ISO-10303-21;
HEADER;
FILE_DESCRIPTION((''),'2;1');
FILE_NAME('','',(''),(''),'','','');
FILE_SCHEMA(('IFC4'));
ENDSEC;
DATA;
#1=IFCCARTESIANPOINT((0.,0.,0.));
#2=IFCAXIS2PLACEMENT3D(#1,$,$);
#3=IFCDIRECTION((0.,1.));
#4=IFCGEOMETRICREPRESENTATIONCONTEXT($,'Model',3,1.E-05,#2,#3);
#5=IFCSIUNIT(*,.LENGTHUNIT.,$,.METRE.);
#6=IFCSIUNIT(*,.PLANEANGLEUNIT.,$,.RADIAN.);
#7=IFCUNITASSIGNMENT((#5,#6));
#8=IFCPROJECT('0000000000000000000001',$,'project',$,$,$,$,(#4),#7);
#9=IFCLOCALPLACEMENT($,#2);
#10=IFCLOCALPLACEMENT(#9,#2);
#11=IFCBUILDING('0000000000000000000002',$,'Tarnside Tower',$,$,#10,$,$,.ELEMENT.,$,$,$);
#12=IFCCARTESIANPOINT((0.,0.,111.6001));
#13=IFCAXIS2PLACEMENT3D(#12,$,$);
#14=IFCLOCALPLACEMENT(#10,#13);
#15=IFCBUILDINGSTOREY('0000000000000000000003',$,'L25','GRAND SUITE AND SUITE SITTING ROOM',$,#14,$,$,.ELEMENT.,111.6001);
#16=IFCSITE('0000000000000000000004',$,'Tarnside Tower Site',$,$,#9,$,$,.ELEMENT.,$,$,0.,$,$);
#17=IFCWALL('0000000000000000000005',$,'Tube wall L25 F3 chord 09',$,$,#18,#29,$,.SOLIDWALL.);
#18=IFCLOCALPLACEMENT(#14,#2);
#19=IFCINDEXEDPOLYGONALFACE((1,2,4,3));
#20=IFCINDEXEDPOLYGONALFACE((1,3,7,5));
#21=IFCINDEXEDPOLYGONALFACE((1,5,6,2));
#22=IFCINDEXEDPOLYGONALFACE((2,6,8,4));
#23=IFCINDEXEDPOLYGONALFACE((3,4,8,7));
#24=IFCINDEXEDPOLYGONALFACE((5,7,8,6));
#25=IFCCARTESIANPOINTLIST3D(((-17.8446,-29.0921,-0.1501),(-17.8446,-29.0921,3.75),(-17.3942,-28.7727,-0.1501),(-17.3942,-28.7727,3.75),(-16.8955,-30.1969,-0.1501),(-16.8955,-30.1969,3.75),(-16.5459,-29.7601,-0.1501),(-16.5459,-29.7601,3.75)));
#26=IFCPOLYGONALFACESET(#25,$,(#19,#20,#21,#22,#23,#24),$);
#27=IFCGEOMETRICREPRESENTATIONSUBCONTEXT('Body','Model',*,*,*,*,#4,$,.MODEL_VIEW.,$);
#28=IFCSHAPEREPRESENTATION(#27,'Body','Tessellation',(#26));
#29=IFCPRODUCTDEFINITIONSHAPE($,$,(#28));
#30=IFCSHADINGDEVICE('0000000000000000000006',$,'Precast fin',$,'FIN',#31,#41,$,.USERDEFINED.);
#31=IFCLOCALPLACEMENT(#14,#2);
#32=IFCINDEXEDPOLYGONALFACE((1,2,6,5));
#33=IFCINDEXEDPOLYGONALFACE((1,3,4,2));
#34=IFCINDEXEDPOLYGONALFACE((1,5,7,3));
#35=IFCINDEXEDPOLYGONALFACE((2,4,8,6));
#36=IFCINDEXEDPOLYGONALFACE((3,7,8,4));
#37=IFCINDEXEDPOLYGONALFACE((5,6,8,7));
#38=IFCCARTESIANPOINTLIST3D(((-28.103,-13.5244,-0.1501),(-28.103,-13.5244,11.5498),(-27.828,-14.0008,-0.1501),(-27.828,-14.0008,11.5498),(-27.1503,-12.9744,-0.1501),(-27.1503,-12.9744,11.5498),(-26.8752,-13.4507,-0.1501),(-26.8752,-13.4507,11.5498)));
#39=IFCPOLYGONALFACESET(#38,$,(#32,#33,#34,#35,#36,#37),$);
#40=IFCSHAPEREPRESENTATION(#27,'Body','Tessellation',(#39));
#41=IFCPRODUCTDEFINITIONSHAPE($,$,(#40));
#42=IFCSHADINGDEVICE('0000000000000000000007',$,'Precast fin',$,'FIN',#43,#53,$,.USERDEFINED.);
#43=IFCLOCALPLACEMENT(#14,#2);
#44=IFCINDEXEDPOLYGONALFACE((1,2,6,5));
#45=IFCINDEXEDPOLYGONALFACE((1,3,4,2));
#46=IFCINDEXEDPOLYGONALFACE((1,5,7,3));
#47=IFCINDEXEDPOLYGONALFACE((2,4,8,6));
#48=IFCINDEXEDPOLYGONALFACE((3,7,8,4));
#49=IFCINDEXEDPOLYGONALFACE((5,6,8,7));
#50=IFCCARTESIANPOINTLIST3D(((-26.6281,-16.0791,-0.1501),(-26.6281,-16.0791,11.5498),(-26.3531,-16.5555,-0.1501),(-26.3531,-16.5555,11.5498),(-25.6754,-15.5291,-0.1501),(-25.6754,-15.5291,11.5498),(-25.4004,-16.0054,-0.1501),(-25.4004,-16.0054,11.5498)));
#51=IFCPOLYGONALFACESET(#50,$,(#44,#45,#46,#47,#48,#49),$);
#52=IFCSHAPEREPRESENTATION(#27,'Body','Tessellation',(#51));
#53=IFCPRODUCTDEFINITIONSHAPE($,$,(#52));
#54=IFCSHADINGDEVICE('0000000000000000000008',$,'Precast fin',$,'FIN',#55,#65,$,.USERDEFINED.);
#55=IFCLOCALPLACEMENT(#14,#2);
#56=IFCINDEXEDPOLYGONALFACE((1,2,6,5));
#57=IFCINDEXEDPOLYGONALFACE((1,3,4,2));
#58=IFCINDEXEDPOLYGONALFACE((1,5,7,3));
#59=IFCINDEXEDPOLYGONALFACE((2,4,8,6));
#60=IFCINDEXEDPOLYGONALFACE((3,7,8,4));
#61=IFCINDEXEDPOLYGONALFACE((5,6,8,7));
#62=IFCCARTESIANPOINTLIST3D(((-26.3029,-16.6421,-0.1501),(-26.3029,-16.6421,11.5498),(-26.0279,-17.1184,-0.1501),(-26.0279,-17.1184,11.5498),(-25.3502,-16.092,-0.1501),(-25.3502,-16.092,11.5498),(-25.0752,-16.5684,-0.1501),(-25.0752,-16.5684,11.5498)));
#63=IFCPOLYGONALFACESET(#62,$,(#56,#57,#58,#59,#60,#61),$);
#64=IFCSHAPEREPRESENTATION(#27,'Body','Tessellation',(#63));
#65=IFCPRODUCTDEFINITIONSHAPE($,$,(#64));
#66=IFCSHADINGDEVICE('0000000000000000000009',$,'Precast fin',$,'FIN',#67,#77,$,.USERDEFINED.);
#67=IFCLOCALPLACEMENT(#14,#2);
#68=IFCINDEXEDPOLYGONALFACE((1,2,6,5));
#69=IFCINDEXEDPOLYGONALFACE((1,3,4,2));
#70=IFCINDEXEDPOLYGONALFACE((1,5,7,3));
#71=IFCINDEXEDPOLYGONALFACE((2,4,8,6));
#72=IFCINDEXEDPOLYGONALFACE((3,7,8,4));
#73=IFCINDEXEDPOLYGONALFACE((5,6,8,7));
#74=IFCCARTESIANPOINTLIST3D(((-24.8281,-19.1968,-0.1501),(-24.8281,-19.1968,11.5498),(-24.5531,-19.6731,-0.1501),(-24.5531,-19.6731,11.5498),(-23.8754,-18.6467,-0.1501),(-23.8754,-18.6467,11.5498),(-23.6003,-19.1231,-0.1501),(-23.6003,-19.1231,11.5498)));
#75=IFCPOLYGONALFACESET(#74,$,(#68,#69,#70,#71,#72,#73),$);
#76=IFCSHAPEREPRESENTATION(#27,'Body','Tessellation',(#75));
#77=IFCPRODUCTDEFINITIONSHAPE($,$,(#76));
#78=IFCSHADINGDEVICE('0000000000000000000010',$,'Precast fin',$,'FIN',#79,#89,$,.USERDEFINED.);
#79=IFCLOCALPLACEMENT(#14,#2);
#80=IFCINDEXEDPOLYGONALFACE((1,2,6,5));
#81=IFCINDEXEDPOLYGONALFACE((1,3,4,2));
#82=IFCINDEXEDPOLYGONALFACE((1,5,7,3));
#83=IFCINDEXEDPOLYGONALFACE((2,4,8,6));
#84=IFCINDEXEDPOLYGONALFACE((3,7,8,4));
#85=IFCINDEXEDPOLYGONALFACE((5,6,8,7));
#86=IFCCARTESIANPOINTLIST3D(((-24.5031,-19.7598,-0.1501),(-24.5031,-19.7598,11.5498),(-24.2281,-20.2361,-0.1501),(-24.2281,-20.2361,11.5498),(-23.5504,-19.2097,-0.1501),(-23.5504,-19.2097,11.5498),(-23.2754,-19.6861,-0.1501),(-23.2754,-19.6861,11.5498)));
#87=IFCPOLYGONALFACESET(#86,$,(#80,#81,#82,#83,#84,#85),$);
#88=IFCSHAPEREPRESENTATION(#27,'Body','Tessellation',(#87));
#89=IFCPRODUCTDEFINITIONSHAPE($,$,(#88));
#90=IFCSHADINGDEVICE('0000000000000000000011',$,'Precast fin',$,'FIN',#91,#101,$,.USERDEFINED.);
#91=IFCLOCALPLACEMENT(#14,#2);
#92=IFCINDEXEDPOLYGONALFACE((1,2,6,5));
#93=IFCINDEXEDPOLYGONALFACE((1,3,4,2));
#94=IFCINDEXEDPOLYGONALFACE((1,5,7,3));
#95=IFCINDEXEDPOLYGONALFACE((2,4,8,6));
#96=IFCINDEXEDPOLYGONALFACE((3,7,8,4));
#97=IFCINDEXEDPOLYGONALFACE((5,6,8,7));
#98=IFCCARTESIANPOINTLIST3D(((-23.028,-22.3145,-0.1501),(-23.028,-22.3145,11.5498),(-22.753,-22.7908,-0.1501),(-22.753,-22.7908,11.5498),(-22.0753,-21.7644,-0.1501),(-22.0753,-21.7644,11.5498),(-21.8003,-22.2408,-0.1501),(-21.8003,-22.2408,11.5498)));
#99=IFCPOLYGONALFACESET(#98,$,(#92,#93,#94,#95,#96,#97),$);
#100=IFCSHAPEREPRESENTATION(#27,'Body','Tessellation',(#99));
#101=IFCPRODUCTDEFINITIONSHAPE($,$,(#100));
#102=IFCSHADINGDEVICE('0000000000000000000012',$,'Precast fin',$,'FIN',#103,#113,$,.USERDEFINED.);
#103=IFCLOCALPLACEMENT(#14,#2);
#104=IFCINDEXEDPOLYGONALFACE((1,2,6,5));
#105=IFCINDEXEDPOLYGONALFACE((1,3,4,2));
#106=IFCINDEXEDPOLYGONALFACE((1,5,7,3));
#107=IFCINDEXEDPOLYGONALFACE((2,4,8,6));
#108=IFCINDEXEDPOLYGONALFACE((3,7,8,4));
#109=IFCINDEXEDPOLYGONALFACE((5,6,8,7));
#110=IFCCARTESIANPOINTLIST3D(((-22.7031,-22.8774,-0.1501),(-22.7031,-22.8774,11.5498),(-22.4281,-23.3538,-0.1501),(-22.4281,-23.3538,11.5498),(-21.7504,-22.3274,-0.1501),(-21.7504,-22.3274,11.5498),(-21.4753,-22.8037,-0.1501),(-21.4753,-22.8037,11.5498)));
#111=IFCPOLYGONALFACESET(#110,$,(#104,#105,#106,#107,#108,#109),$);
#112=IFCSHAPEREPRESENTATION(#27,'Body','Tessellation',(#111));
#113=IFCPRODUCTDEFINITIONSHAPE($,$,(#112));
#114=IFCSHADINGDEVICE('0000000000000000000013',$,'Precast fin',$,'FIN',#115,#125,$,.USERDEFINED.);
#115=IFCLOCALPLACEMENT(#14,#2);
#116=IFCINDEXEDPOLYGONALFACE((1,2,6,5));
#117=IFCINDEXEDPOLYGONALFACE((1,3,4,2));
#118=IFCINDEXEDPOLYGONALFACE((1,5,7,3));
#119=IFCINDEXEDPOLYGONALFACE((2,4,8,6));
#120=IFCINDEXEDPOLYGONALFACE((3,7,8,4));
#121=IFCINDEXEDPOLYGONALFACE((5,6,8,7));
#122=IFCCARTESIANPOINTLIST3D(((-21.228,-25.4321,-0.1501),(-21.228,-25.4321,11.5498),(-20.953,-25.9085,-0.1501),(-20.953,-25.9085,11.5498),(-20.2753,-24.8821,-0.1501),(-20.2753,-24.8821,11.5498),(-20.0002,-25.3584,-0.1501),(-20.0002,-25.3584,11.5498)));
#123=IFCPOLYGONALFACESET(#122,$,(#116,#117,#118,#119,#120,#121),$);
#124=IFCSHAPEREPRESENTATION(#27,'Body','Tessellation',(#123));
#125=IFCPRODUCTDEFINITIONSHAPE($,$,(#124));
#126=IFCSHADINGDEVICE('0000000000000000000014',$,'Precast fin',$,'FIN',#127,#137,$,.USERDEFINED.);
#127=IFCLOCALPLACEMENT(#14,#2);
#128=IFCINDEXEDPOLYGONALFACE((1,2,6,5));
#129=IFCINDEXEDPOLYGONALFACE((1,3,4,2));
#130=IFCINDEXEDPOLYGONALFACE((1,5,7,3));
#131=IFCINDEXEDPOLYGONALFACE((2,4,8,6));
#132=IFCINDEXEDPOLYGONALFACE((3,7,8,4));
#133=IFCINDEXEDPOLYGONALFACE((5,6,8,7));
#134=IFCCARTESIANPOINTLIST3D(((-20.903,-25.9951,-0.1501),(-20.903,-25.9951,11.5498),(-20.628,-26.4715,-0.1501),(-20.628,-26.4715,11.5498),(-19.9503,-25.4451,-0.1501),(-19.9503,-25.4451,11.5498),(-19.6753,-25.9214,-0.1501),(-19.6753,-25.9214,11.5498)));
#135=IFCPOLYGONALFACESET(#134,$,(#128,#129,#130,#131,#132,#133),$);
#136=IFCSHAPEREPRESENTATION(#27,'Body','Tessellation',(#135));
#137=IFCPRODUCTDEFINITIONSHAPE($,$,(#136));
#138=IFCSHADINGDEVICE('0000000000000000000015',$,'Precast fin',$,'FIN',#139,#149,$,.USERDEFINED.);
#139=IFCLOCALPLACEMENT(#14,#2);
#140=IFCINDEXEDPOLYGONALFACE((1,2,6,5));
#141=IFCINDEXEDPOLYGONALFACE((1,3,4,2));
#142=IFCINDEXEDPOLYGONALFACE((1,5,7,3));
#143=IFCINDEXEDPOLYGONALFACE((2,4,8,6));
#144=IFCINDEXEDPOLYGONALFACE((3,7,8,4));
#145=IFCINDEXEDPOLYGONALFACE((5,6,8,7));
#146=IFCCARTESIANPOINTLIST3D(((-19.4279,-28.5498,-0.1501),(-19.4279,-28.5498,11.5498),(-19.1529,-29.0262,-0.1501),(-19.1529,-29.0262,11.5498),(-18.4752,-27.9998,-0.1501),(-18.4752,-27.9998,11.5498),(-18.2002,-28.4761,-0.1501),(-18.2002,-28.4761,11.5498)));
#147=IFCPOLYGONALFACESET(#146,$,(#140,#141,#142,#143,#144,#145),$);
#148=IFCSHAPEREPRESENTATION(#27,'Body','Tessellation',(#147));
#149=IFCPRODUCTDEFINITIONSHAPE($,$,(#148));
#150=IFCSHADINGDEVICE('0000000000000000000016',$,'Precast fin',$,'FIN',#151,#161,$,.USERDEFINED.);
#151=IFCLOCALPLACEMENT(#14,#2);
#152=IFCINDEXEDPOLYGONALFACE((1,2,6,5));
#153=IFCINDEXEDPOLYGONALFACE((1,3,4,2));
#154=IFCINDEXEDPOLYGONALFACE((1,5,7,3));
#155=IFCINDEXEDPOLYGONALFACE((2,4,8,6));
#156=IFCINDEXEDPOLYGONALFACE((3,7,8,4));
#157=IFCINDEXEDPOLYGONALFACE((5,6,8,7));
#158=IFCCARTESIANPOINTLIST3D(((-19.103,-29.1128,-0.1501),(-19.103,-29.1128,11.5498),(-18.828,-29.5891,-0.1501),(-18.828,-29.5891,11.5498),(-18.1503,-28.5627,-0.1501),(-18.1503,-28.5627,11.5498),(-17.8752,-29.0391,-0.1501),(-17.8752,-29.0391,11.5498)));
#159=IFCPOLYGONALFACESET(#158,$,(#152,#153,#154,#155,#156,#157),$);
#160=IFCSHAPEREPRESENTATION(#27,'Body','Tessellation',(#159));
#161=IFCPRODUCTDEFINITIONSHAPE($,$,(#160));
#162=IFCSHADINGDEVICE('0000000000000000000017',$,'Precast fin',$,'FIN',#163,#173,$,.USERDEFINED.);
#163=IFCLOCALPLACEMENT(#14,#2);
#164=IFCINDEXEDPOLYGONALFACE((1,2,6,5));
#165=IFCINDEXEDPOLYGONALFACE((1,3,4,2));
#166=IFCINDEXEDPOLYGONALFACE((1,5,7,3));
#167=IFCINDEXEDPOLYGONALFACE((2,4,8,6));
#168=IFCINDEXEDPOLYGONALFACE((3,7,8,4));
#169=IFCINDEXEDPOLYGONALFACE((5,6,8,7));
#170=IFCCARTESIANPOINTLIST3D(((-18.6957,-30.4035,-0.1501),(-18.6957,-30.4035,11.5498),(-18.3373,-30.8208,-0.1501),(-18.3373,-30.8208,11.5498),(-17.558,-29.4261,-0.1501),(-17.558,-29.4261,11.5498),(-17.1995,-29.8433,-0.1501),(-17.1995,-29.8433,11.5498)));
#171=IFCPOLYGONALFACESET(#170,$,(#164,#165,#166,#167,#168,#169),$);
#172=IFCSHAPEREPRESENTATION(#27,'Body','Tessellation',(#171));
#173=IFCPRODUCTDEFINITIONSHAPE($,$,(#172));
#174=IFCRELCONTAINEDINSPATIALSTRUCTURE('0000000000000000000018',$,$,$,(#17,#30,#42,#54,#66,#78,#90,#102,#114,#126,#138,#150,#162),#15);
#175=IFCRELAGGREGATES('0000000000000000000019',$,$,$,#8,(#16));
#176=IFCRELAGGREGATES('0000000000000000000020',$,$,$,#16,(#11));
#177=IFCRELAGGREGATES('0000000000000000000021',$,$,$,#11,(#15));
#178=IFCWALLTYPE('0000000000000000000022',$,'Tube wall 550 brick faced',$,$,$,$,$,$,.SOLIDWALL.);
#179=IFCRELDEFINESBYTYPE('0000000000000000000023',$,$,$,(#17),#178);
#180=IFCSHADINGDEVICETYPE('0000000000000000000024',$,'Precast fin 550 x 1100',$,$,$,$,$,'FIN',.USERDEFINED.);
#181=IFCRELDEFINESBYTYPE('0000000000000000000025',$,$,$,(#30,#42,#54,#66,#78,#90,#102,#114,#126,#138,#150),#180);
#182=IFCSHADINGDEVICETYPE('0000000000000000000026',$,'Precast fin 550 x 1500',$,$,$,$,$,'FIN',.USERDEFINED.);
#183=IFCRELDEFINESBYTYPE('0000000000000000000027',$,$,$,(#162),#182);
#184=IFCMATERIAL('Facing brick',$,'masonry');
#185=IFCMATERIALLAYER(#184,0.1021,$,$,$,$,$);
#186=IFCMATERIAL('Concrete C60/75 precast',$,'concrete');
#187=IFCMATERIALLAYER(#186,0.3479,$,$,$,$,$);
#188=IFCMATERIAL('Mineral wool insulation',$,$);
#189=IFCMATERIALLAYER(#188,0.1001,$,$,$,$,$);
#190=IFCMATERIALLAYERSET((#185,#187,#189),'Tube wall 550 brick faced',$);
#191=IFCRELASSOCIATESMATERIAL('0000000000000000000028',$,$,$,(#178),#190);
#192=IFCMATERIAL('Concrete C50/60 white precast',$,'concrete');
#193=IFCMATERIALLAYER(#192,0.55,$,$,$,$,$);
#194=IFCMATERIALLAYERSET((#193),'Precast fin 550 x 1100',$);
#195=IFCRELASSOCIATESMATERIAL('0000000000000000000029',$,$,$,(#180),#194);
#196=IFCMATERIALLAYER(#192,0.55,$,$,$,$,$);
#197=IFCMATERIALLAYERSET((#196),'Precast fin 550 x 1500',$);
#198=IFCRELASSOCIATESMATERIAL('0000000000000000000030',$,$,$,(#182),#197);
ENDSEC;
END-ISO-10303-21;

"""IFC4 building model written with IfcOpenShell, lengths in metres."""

from ifc_helpers import new_model, si_unit, direction, frame, origin, place, context, subcontext, project, spatial, polyline, outline, extrude, material, layer, layer_set, type_object, element, save


model = new_model("IFC4")

# Units and contexts
model_context = context("Model", 3, precision=1e-05, world=origin(), true_north=direction((0.0, 1.0)))
body_context = subcontext(model_context, "Body", "Model", "MODEL_VIEW")
ifc_project = project(units=[si_unit("LENGTHUNIT", "METRE"), si_unit("PLANEANGLEUNIT", "RADIAN")], contexts=[model_context])

# Site, building, storey
site_placement = place(None, origin())
site = spatial("IfcSite", under=ifc_project, at=site_placement, Name="Tarnside Tower Site", CompositionType="ELEMENT", RefElevation=0.0)
building_placement = place(site_placement, origin())
building = spatial("IfcBuilding", under=site, at=building_placement, Name="Tarnside Tower", CompositionType="ELEMENT")
storey_placement = place(building_placement, frame((0.0, 0.0, 111.6001)))
storey = spatial("IfcBuildingStorey", under=building, at=storey_placement, Name="L25", Description="GRAND SUITE AND SUITE SITTING ROOM", CompositionType="ELEMENT", Elevation=111.6001)

# Wall
ifc_material_1 = material(Name="Facing brick", Category="masonry")
ifc_layer_1 = layer(ifc_material_1, 0.1021)
ifc_material_2 = material(Name="Concrete C60/75 precast", Category="concrete")
ifc_layer_2 = layer(ifc_material_2, 0.3479)
ifc_material_3 = material(Name="Mineral wool insulation")
ifc_layer_3 = layer(ifc_material_3, 0.1001)
ifc_layer_set_1 = layer_set([ifc_layer_1, ifc_layer_2, ifc_layer_3], Name="Tube wall 550 brick faced")
wall_type_1 = type_object("IfcWallType", Name="Tube wall 550 brick faced", PredefinedType="SOLIDWALL", material=ifc_layer_set_1)
wall_1_placement = place(storey_placement, frame((-17.6194, -28.9324, -0.1501), z_axis=(0.0, 0.0, 1.0), x_axis=(0.651622, -0.758544, 0.0)))
element("IfcWall", 1, at=wall_1_placement, inside=storey, type_object=wall_type_1, Name="Tube wall L25 F3 chord 09", PredefinedType="SOLIDWALL", context=body_context, shape_type="SweptSolid", body=[
    extrude(outline(polyline([(-0.0256, -0.2749), (1.4309, -0.2749), (1.3274, 0.2749), (0.0256, 0.2749), (-0.0256, -0.2749)])), origin(), (0.0, 0.0, 1.0), 3.9001),
])

# Shading devices
ifc_material_4 = material(Name="Concrete C50/60 white precast", Category="concrete")
ifc_layer_4 = layer(ifc_material_4, 0.55)
ifc_layer_set_2 = layer_set([ifc_layer_4], Name="Precast fin 550 x 1100")
shading_device_type_1 = type_object("IfcShadingDeviceType", Name="Precast fin 550 x 1100", ElementType="FIN", PredefinedType="USERDEFINED", material=ifc_layer_set_2)
for number, where, z_axis, x_axis, name in (
    (2, (-27.0127, -13.2126, -0.1501), (-0.5, 0.866025, 0.0), (-0.866025, -0.5, 0.0), "Precast fin"),
    (3, (-25.5378, -15.7673, -0.1501), (-0.5, 0.866025, 0.0), (-0.866025, -0.5, 0.0), "Precast fin"),
    (4, (-25.2126, -16.3303, -0.1501), (-0.5, 0.866025, 0.0), (-0.866025, -0.5, 0.0), "Precast fin"),
    (5, (-23.7378, -18.885, -0.1501), (-0.5, 0.866025, 0.0), (-0.866025, -0.5, 0.0), "Precast fin"),
    (6, (-23.4128, -19.448, -0.1501), (-0.5, 0.866025, 0.0), (-0.866025, -0.5, 0.0), "Precast fin"),
    (7, (-21.9377, -22.0027, -0.1501), (-0.5, 0.866025, 0.0), (-0.866025, -0.5, 0.0), "Precast fin"),
    (8, (-21.6128, -22.5657, -0.1501), (-0.5, 0.866025, 0.0), (-0.866025, -0.5, 0.0), "Precast fin"),
    (9, (-20.1377, -25.1204, -0.1501), (-0.5, 0.866025, 0.0), (-0.866025, -0.5, 0.0), "Precast fin"),
    (10, (-19.8127, -25.6833, -0.1501), (-0.5, 0.866025, 0.0), (-0.866025, -0.5, 0.0), "Precast fin"),
    (11, (-18.3376, -28.238, -0.1501), (-0.5, 0.866025, 0.0), (-0.866025, -0.5, 0.0), "Precast fin"),
    (12, (-18.0127, -28.801, -0.1501), (-0.5, 0.866025, 0.0), (-0.866025, -0.5, 0.0), "Precast fin"),
):
    element("IfcShadingDevice", number, at=place(storey_placement, frame(where, z_axis=z_axis, x_axis=x_axis)), inside=storey, type_object=shading_device_type_1, Name=name, ObjectType="FIN", PredefinedType="USERDEFINED", context=body_context, shape_type="SweptSolid", body=[
        extrude(outline(polyline([(0.0, 0.0), (1.1001, 0.0), (1.1001, 11.7), (0.0, 11.7), (0.0, 0.0)])), frame((0.0, 0.0, -0.2749)), (0.0, 0.0, 1.0), 0.55),
    ])
ifc_layer_5 = layer(ifc_material_4, 0.55)
ifc_layer_set_3 = layer_set([ifc_layer_5], Name="Precast fin 550 x 1500")
shading_device_type_2 = type_object("IfcShadingDeviceType", Name="Precast fin 550 x 1500", ElementType="FIN", PredefinedType="USERDEFINED", material=ifc_layer_set_3)
shading_device_placement = place(storey_placement, frame((-17.3787, -29.6348, -0.1501), z_axis=(-0.651657, 0.758514, 0.0), x_axis=(-0.758514, -0.651657, 0.0)))
element("IfcShadingDevice", 13, at=shading_device_placement, inside=storey, type_object=shading_device_type_2, Name="Precast fin", ObjectType="FIN", PredefinedType="USERDEFINED", context=body_context, shape_type="SweptSolid", body=[
    extrude(outline(polyline([(0.0, 0.0), (1.5, 0.0), (1.5, 11.7), (0.0, 11.7), (0.0, 0.0)])), frame((0.0, 0.0, -0.2749)), (0.0, 0.0, 1.0), 0.55),
])

save(model, "model.ifc")
